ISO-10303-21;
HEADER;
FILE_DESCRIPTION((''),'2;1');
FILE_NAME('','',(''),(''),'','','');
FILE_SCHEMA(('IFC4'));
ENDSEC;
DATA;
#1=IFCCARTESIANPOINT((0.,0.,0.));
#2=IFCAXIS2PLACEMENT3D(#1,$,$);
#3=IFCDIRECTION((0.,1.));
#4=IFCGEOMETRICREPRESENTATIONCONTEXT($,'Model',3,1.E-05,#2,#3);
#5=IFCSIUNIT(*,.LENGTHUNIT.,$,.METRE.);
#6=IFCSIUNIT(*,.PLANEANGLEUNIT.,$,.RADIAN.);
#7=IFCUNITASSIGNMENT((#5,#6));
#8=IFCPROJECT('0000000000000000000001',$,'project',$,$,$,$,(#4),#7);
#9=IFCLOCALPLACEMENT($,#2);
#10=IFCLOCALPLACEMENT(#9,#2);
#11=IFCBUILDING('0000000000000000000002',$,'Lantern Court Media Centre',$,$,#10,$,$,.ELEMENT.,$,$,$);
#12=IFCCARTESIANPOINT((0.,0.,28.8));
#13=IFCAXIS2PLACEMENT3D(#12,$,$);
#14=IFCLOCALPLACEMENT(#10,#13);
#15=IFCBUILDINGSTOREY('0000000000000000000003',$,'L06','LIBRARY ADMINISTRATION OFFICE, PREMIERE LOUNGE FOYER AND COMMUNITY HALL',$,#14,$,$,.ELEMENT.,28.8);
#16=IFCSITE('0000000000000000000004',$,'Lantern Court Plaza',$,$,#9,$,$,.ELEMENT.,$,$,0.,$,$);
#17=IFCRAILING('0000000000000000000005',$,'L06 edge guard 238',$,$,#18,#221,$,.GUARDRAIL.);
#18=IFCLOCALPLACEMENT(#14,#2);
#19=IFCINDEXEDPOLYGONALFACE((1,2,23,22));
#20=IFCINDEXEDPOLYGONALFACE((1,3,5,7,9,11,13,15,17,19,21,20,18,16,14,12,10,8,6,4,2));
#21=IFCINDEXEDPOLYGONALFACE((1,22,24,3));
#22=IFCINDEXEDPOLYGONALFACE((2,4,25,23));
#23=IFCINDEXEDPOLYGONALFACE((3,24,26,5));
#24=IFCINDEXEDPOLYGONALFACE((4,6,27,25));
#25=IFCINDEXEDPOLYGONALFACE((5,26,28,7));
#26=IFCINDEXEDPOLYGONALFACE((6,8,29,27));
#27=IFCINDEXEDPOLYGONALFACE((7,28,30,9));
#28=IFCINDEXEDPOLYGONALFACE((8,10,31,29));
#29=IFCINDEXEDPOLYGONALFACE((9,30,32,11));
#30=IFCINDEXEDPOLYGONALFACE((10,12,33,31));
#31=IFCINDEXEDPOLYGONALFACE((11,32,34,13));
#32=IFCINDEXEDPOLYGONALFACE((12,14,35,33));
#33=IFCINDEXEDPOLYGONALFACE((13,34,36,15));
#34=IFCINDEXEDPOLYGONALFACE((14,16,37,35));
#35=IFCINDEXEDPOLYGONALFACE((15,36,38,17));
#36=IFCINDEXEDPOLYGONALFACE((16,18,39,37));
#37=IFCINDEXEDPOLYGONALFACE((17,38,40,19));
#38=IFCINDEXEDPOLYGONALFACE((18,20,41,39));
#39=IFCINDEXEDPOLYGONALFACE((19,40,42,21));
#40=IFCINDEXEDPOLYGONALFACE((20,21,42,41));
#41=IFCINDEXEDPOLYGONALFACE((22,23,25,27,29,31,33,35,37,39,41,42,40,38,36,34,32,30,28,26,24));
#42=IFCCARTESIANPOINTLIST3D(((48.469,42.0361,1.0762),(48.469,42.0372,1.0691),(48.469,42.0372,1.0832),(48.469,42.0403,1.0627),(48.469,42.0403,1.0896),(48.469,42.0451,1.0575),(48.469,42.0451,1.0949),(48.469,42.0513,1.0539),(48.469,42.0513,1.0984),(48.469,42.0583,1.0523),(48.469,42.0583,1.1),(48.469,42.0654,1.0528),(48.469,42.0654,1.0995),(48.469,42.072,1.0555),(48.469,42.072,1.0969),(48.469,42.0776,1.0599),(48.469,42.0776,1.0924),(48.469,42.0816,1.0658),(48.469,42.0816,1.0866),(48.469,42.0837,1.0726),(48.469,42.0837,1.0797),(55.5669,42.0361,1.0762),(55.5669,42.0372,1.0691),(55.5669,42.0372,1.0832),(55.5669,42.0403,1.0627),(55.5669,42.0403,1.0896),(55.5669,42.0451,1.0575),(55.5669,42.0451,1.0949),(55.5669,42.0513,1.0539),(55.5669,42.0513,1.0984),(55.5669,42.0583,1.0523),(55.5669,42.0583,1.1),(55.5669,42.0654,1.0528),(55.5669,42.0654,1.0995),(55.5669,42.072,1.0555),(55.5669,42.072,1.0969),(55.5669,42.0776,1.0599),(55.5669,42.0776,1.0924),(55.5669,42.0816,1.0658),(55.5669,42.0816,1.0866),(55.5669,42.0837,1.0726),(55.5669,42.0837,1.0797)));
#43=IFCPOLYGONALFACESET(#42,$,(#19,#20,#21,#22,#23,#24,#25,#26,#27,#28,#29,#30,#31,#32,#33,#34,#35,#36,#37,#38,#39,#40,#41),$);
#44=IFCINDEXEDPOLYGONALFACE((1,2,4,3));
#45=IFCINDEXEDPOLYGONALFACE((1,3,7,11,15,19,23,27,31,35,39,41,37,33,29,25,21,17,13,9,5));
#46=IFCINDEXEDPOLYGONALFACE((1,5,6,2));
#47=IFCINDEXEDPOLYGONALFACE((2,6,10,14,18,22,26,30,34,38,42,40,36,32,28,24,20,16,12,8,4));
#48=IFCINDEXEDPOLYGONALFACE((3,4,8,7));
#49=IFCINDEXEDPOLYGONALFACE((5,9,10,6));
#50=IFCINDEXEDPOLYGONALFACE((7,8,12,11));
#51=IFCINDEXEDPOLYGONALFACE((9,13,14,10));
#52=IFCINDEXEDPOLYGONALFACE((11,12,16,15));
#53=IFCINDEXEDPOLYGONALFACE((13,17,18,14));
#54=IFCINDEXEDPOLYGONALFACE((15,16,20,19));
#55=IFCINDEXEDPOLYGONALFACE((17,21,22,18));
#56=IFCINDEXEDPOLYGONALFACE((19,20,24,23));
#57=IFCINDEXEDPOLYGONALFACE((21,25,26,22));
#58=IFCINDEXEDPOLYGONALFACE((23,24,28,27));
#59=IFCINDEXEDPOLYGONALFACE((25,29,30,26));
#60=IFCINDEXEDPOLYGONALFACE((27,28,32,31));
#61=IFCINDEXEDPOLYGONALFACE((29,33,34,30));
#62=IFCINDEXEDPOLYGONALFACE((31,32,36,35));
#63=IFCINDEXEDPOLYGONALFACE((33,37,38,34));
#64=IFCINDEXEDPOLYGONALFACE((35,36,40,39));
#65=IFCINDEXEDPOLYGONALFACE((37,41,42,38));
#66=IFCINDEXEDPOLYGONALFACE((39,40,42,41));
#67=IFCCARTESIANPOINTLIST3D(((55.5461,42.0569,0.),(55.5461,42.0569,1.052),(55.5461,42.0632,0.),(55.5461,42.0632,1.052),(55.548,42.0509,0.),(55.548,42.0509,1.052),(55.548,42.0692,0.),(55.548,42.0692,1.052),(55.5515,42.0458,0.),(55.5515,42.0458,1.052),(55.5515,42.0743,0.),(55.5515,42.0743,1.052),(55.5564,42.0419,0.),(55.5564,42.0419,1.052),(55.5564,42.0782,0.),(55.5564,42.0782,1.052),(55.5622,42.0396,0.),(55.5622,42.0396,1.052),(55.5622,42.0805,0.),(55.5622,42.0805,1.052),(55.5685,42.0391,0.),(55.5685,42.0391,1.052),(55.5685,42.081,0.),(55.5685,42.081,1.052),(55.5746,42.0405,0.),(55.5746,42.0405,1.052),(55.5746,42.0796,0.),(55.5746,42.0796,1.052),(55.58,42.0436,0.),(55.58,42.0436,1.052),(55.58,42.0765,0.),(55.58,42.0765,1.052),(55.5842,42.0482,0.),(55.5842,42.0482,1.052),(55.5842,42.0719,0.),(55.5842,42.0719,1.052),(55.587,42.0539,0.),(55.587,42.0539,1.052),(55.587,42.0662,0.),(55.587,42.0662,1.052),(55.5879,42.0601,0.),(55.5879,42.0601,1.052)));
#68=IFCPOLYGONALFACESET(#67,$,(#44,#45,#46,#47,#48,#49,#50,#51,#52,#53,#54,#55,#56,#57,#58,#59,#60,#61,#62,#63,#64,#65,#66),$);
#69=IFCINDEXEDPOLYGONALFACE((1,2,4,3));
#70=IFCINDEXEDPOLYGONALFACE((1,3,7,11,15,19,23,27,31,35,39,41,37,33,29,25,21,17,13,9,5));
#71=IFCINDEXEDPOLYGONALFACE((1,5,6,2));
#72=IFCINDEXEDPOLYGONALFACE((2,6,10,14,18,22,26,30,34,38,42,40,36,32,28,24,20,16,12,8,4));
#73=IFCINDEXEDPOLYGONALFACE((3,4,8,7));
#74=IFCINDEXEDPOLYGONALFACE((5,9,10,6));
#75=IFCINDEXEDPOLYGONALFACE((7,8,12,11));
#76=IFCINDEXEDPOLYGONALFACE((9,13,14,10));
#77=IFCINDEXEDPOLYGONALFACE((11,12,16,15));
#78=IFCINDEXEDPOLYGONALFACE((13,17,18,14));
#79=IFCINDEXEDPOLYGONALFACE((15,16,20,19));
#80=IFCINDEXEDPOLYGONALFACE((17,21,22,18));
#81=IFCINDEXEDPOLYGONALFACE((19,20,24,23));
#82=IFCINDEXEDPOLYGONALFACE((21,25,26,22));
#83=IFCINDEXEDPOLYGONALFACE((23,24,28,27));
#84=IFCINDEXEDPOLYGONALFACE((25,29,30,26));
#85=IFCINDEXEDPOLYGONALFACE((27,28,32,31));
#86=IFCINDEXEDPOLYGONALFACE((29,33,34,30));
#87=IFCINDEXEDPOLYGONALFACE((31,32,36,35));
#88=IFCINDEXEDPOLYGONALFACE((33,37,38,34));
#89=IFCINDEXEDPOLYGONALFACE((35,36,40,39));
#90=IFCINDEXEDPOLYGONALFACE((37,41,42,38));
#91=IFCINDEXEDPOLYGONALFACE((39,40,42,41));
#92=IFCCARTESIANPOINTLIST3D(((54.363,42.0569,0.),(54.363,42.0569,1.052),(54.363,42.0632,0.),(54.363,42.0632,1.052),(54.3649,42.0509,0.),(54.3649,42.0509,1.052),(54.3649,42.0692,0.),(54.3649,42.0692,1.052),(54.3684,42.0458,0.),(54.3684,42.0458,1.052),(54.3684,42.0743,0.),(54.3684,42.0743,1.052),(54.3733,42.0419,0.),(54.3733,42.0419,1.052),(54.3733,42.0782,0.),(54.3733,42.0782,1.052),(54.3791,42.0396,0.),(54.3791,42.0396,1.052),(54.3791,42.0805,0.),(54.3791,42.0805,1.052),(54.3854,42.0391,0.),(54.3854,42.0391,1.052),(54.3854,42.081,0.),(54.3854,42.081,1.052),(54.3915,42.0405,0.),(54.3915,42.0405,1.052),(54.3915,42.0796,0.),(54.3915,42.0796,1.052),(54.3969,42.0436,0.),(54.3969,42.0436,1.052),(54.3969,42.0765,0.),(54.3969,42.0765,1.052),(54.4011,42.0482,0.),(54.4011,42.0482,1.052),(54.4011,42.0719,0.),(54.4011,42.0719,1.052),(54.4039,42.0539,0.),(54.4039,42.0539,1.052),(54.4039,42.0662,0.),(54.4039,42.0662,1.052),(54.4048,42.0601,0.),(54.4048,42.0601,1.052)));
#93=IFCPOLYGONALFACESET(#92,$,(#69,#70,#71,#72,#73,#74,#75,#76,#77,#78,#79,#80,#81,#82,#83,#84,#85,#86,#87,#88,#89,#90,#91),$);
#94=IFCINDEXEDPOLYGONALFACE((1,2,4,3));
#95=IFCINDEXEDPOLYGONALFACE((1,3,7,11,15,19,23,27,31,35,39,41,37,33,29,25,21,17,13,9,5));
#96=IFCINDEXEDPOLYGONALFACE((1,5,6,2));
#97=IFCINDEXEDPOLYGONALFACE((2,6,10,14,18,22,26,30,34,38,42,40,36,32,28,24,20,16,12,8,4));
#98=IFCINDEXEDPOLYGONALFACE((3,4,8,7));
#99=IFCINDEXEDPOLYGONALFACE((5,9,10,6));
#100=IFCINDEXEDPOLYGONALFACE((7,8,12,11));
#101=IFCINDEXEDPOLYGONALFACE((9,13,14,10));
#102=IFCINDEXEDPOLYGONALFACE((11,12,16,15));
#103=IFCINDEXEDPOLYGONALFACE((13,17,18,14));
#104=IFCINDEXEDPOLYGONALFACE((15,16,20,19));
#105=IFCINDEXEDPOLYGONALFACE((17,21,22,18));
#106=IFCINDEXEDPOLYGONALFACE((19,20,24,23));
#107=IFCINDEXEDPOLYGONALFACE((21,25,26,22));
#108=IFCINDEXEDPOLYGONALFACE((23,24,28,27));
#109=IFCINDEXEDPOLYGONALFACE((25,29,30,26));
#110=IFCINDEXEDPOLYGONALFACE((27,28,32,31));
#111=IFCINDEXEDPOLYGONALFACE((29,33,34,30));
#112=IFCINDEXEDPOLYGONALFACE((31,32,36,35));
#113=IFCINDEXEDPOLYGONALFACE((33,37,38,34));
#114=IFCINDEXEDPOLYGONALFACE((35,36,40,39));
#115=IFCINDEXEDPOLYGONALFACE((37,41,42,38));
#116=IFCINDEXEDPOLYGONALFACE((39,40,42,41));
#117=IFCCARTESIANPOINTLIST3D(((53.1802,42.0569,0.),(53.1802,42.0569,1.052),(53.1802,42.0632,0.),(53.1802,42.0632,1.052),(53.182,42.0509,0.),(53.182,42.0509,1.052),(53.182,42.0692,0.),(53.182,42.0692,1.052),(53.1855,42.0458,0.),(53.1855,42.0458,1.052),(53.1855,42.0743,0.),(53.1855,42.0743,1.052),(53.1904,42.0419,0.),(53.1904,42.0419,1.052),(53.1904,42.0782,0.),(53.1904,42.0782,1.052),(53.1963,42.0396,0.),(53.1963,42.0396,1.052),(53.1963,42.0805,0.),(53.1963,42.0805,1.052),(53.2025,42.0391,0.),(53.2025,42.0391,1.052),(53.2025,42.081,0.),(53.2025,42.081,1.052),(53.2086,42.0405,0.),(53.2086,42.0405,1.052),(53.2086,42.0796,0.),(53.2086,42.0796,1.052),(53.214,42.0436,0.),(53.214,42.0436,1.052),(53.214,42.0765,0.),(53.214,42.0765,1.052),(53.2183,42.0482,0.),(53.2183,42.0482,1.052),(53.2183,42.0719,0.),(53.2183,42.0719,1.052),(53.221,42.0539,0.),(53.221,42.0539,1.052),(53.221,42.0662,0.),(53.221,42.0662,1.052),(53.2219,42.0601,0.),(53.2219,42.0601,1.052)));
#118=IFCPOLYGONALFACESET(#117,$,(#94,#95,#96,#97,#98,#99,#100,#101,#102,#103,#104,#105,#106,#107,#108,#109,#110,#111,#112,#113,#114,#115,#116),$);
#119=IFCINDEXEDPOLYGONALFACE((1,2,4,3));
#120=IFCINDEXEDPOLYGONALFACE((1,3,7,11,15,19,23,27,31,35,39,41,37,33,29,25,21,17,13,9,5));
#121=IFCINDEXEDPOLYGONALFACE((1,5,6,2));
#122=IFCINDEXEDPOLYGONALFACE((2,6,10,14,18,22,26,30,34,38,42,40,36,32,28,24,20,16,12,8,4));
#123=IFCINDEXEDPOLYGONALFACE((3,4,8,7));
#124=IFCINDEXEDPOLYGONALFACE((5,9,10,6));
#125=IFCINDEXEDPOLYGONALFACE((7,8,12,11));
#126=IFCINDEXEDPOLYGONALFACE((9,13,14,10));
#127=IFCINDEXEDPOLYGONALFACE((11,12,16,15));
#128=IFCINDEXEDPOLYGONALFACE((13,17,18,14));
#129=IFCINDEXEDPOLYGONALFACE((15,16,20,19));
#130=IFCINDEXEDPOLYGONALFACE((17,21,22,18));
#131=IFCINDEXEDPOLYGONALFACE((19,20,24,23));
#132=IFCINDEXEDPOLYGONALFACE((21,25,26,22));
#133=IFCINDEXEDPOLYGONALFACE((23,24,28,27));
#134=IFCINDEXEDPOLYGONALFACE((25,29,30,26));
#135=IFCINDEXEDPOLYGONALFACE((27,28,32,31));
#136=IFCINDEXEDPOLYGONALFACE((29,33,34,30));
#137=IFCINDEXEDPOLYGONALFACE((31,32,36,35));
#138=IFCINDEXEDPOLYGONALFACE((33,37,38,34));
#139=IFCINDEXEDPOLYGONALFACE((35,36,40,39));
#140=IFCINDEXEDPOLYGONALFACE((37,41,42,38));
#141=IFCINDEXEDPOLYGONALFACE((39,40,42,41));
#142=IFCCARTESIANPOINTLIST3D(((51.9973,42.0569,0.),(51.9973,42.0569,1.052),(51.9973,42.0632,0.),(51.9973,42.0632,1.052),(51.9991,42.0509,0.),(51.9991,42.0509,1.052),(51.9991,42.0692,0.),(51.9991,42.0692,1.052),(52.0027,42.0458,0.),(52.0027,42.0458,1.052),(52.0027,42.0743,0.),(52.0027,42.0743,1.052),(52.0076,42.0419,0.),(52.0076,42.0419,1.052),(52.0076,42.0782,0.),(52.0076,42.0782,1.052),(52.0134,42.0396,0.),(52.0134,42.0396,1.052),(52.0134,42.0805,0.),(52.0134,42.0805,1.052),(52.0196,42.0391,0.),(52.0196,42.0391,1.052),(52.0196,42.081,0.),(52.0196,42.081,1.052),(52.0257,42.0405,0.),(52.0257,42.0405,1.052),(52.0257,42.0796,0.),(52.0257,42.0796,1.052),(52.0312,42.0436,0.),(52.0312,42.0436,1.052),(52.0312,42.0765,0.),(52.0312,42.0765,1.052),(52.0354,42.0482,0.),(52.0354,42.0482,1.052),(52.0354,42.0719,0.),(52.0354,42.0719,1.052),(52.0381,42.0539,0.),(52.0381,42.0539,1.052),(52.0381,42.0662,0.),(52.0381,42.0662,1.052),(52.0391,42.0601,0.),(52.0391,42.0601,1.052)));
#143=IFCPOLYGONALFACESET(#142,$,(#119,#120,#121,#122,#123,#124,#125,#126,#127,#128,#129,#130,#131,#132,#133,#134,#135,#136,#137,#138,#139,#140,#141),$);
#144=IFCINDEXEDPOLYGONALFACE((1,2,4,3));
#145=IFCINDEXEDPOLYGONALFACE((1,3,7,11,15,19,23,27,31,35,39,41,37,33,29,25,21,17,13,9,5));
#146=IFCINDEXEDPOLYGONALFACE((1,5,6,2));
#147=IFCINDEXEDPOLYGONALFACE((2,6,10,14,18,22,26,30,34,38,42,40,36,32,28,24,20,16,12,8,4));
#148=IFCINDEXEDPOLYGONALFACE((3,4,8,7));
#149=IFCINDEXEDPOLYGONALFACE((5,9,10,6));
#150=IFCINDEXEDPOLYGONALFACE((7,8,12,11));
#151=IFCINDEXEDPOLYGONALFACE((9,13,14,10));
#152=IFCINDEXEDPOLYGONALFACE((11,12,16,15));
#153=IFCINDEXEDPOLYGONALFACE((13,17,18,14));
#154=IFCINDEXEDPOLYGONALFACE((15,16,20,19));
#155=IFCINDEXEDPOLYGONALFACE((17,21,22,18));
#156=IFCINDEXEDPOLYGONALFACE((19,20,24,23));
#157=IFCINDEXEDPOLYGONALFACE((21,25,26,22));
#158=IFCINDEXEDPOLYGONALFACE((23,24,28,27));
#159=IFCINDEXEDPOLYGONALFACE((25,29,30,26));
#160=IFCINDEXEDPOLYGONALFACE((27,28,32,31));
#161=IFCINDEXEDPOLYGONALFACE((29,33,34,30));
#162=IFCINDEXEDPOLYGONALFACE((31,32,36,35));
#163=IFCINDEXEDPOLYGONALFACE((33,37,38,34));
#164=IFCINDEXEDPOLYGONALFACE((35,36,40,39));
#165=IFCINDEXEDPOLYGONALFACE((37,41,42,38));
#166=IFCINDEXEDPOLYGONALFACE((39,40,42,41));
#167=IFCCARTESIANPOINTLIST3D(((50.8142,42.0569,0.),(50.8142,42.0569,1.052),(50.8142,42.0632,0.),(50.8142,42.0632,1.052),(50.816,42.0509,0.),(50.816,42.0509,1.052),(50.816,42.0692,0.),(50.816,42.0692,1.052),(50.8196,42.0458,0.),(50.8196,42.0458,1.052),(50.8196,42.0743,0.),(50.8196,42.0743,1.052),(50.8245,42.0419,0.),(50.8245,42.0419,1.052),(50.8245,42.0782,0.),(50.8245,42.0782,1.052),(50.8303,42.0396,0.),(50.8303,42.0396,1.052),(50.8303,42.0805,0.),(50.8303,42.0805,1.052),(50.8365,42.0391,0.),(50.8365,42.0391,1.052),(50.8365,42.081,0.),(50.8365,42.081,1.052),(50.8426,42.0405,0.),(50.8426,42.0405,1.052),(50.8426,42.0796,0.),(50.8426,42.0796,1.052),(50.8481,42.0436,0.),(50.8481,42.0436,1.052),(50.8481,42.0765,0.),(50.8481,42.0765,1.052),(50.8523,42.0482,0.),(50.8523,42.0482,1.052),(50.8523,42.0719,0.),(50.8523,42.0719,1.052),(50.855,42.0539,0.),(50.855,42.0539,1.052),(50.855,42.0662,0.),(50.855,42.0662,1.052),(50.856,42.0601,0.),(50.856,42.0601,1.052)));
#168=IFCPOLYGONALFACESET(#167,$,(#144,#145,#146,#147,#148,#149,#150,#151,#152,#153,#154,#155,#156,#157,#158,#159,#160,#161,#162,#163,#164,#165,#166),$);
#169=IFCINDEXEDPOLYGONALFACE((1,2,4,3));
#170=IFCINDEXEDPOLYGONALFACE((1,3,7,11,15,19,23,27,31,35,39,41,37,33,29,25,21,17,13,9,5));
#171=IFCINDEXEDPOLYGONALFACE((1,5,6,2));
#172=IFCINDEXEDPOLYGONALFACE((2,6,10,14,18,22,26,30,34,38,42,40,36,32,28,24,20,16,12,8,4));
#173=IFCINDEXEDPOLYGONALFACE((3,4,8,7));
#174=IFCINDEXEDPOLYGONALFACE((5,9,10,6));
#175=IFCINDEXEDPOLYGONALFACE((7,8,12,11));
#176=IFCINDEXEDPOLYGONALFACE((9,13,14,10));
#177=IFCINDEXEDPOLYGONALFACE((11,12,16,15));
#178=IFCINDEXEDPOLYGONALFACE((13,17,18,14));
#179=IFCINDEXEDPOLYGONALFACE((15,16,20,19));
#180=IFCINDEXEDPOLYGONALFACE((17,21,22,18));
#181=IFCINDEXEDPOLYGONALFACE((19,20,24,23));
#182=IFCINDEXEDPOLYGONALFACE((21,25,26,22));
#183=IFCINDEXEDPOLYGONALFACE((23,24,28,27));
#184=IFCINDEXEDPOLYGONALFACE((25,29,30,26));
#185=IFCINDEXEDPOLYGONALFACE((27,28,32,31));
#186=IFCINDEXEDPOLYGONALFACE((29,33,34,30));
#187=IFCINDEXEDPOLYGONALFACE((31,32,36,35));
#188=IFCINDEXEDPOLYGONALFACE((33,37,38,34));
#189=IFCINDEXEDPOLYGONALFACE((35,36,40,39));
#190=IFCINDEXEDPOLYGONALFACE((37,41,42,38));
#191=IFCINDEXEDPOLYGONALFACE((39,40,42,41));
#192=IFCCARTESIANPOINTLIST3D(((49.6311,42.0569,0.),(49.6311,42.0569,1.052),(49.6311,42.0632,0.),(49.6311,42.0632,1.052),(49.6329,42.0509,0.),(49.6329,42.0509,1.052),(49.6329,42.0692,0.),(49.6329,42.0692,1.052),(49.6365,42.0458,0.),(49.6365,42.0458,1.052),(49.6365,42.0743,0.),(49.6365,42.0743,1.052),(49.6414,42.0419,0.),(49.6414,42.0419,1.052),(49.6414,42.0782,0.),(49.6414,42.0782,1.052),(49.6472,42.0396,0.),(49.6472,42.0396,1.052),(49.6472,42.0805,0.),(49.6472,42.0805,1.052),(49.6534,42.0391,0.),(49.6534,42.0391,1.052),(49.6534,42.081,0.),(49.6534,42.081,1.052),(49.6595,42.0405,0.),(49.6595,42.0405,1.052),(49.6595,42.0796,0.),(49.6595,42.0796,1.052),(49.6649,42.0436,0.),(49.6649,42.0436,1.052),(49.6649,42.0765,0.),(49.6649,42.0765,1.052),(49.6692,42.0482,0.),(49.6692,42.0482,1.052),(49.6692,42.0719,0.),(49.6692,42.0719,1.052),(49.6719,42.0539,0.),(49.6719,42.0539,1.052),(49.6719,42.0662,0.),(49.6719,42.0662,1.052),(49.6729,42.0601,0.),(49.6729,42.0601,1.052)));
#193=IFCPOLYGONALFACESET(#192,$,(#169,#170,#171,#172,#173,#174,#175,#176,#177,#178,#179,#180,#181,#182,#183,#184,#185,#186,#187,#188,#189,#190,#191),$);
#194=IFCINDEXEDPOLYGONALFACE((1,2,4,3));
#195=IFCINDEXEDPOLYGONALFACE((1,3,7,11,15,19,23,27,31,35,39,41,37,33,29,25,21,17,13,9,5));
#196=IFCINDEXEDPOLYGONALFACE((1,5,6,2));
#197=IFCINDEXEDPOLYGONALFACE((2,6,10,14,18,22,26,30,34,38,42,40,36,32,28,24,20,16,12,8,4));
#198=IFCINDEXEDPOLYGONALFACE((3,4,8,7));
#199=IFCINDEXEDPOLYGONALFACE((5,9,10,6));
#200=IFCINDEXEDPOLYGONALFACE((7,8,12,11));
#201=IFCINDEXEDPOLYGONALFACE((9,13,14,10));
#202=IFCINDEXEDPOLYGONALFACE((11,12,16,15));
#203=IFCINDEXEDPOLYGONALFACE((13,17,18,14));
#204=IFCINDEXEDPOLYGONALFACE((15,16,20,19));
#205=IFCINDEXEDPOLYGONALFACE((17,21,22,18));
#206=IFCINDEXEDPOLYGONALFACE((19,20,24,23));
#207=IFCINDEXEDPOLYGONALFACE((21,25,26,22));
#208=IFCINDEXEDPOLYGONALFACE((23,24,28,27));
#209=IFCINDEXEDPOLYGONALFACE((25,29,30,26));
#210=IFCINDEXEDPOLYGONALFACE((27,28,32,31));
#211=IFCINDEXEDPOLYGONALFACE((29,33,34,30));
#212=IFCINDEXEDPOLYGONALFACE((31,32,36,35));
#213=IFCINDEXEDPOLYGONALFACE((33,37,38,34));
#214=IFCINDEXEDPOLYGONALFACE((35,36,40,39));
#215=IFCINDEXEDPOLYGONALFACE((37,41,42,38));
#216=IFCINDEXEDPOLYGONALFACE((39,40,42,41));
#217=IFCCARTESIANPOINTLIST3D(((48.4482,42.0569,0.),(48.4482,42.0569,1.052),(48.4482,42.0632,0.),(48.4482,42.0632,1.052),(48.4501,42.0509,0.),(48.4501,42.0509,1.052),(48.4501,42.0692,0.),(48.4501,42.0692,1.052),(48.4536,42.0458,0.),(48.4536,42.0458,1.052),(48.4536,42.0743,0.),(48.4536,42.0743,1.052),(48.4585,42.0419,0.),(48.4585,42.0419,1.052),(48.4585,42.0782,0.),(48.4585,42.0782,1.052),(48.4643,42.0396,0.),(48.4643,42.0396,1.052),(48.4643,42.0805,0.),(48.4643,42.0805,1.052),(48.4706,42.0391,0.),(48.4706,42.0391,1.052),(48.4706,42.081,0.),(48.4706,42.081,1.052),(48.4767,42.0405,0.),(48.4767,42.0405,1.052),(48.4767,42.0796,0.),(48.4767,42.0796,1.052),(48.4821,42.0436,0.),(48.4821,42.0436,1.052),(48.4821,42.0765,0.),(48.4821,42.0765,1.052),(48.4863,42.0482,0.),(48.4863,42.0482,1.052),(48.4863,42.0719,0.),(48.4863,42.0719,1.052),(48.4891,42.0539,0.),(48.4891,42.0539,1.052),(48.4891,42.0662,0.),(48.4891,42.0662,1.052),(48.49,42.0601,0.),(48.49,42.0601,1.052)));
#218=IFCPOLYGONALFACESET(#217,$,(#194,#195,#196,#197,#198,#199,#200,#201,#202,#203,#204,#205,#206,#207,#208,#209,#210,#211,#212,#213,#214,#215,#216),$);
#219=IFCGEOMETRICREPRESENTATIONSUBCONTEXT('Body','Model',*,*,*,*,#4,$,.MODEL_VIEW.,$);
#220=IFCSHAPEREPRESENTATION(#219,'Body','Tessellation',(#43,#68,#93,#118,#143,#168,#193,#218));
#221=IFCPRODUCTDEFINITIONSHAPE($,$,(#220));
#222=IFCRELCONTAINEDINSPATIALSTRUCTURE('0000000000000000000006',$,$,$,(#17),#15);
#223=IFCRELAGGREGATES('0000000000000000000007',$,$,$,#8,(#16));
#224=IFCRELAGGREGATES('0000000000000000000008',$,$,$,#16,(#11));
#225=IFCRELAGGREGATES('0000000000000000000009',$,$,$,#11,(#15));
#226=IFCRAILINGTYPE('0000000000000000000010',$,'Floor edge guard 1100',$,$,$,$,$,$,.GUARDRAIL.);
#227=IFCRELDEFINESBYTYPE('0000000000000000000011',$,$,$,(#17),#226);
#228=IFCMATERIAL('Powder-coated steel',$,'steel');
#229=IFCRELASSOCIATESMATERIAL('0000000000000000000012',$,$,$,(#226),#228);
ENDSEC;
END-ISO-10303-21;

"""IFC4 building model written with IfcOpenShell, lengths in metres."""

from ifc_helpers import new_model, si_unit, direction, frame, origin, origin_2d, place, context, subcontext, project, spatial, circle, extrude, material, type_object, element, save


model = new_model("IFC4")

# Units and contexts
model_context = context("Model", 3, precision=1e-05, world=origin(), true_north=direction((0.0, 1.0)))
body_context = subcontext(model_context, "Body", "Model", "MODEL_VIEW")
ifc_project = project(units=[si_unit("LENGTHUNIT", "METRE"), si_unit("PLANEANGLEUNIT", "RADIAN")], contexts=[model_context])

# Site, building, storey
site_placement = place(None, origin())
site = spatial("IfcSite", under=ifc_project, at=site_placement, Name="Lantern Court Plaza", CompositionType="ELEMENT", RefElevation=0.0)
building_placement = place(site_placement, origin())
building = spatial("IfcBuilding", under=site, at=building_placement, Name="Lantern Court Media Centre", CompositionType="ELEMENT")
storey_placement = place(building_placement, frame((0.0, 0.0, 28.8)))
storey = spatial("IfcBuildingStorey", under=building, at=storey_placement, Name="L06", Description="LIBRARY ADMINISTRATION OFFICE, PREMIERE LOUNGE FOYER AND COMMUNITY HALL", CompositionType="ELEMENT", Elevation=28.8)

# Railing
ifc_material_1 = material(Name="Powder-coated steel", Category="steel")
railing_type = type_object("IfcRailingType", Name="Floor edge guard 1100", PredefinedType="GUARDRAIL", material=ifc_material_1)
railing_placement = place(storey_placement, frame((55.5669, 42.0601, 0.0)))
element("IfcRailing", 1, at=railing_placement, inside=storey, type_object=railing_type, Name="L06 edge guard 238", PredefinedType="GUARDRAIL", context=body_context, shape_type="SweptSolid", body=[
    extrude(circle(Radius=0.0239, at=origin_2d()), frame((0.0, 0.0, 1.0762), z_axis=(-1.0, 0.0, 0.0), x_axis=(0.0, -1.0, 0.0)), (0.0, 0.0, 1.0), 7.0979),
    extrude(circle(Radius=0.021, at=origin_2d()), origin(), (0.0, 0.0, 1.0), 1.052),
    extrude(circle(Radius=0.021, at=origin_2d()), frame((-1.1831, 0.0, 0.0)), (0.0, 0.0, 1.0), 1.052),
    extrude(circle(Radius=0.021, at=origin_2d()), frame((-2.366, 0.0, 0.0)), (0.0, 0.0, 1.0), 1.052),
    extrude(circle(Radius=0.021, at=origin_2d()), frame((-3.5488, 0.0, 0.0)), (0.0, 0.0, 1.0), 1.052),
    extrude(circle(Radius=0.021, at=origin_2d()), frame((-4.7319, 0.0, 0.0)), (0.0, 0.0, 1.0), 1.052),
    extrude(circle(Radius=0.021, at=origin_2d()), frame((-5.915, 0.0, 0.0)), (0.0, 0.0, 1.0), 1.052),
    extrude(circle(Radius=0.021, at=origin_2d()), frame((-7.0979, 0.0, 0.0)), (0.0, 0.0, 1.0), 1.052),
])

save(model, "model.ifc")
